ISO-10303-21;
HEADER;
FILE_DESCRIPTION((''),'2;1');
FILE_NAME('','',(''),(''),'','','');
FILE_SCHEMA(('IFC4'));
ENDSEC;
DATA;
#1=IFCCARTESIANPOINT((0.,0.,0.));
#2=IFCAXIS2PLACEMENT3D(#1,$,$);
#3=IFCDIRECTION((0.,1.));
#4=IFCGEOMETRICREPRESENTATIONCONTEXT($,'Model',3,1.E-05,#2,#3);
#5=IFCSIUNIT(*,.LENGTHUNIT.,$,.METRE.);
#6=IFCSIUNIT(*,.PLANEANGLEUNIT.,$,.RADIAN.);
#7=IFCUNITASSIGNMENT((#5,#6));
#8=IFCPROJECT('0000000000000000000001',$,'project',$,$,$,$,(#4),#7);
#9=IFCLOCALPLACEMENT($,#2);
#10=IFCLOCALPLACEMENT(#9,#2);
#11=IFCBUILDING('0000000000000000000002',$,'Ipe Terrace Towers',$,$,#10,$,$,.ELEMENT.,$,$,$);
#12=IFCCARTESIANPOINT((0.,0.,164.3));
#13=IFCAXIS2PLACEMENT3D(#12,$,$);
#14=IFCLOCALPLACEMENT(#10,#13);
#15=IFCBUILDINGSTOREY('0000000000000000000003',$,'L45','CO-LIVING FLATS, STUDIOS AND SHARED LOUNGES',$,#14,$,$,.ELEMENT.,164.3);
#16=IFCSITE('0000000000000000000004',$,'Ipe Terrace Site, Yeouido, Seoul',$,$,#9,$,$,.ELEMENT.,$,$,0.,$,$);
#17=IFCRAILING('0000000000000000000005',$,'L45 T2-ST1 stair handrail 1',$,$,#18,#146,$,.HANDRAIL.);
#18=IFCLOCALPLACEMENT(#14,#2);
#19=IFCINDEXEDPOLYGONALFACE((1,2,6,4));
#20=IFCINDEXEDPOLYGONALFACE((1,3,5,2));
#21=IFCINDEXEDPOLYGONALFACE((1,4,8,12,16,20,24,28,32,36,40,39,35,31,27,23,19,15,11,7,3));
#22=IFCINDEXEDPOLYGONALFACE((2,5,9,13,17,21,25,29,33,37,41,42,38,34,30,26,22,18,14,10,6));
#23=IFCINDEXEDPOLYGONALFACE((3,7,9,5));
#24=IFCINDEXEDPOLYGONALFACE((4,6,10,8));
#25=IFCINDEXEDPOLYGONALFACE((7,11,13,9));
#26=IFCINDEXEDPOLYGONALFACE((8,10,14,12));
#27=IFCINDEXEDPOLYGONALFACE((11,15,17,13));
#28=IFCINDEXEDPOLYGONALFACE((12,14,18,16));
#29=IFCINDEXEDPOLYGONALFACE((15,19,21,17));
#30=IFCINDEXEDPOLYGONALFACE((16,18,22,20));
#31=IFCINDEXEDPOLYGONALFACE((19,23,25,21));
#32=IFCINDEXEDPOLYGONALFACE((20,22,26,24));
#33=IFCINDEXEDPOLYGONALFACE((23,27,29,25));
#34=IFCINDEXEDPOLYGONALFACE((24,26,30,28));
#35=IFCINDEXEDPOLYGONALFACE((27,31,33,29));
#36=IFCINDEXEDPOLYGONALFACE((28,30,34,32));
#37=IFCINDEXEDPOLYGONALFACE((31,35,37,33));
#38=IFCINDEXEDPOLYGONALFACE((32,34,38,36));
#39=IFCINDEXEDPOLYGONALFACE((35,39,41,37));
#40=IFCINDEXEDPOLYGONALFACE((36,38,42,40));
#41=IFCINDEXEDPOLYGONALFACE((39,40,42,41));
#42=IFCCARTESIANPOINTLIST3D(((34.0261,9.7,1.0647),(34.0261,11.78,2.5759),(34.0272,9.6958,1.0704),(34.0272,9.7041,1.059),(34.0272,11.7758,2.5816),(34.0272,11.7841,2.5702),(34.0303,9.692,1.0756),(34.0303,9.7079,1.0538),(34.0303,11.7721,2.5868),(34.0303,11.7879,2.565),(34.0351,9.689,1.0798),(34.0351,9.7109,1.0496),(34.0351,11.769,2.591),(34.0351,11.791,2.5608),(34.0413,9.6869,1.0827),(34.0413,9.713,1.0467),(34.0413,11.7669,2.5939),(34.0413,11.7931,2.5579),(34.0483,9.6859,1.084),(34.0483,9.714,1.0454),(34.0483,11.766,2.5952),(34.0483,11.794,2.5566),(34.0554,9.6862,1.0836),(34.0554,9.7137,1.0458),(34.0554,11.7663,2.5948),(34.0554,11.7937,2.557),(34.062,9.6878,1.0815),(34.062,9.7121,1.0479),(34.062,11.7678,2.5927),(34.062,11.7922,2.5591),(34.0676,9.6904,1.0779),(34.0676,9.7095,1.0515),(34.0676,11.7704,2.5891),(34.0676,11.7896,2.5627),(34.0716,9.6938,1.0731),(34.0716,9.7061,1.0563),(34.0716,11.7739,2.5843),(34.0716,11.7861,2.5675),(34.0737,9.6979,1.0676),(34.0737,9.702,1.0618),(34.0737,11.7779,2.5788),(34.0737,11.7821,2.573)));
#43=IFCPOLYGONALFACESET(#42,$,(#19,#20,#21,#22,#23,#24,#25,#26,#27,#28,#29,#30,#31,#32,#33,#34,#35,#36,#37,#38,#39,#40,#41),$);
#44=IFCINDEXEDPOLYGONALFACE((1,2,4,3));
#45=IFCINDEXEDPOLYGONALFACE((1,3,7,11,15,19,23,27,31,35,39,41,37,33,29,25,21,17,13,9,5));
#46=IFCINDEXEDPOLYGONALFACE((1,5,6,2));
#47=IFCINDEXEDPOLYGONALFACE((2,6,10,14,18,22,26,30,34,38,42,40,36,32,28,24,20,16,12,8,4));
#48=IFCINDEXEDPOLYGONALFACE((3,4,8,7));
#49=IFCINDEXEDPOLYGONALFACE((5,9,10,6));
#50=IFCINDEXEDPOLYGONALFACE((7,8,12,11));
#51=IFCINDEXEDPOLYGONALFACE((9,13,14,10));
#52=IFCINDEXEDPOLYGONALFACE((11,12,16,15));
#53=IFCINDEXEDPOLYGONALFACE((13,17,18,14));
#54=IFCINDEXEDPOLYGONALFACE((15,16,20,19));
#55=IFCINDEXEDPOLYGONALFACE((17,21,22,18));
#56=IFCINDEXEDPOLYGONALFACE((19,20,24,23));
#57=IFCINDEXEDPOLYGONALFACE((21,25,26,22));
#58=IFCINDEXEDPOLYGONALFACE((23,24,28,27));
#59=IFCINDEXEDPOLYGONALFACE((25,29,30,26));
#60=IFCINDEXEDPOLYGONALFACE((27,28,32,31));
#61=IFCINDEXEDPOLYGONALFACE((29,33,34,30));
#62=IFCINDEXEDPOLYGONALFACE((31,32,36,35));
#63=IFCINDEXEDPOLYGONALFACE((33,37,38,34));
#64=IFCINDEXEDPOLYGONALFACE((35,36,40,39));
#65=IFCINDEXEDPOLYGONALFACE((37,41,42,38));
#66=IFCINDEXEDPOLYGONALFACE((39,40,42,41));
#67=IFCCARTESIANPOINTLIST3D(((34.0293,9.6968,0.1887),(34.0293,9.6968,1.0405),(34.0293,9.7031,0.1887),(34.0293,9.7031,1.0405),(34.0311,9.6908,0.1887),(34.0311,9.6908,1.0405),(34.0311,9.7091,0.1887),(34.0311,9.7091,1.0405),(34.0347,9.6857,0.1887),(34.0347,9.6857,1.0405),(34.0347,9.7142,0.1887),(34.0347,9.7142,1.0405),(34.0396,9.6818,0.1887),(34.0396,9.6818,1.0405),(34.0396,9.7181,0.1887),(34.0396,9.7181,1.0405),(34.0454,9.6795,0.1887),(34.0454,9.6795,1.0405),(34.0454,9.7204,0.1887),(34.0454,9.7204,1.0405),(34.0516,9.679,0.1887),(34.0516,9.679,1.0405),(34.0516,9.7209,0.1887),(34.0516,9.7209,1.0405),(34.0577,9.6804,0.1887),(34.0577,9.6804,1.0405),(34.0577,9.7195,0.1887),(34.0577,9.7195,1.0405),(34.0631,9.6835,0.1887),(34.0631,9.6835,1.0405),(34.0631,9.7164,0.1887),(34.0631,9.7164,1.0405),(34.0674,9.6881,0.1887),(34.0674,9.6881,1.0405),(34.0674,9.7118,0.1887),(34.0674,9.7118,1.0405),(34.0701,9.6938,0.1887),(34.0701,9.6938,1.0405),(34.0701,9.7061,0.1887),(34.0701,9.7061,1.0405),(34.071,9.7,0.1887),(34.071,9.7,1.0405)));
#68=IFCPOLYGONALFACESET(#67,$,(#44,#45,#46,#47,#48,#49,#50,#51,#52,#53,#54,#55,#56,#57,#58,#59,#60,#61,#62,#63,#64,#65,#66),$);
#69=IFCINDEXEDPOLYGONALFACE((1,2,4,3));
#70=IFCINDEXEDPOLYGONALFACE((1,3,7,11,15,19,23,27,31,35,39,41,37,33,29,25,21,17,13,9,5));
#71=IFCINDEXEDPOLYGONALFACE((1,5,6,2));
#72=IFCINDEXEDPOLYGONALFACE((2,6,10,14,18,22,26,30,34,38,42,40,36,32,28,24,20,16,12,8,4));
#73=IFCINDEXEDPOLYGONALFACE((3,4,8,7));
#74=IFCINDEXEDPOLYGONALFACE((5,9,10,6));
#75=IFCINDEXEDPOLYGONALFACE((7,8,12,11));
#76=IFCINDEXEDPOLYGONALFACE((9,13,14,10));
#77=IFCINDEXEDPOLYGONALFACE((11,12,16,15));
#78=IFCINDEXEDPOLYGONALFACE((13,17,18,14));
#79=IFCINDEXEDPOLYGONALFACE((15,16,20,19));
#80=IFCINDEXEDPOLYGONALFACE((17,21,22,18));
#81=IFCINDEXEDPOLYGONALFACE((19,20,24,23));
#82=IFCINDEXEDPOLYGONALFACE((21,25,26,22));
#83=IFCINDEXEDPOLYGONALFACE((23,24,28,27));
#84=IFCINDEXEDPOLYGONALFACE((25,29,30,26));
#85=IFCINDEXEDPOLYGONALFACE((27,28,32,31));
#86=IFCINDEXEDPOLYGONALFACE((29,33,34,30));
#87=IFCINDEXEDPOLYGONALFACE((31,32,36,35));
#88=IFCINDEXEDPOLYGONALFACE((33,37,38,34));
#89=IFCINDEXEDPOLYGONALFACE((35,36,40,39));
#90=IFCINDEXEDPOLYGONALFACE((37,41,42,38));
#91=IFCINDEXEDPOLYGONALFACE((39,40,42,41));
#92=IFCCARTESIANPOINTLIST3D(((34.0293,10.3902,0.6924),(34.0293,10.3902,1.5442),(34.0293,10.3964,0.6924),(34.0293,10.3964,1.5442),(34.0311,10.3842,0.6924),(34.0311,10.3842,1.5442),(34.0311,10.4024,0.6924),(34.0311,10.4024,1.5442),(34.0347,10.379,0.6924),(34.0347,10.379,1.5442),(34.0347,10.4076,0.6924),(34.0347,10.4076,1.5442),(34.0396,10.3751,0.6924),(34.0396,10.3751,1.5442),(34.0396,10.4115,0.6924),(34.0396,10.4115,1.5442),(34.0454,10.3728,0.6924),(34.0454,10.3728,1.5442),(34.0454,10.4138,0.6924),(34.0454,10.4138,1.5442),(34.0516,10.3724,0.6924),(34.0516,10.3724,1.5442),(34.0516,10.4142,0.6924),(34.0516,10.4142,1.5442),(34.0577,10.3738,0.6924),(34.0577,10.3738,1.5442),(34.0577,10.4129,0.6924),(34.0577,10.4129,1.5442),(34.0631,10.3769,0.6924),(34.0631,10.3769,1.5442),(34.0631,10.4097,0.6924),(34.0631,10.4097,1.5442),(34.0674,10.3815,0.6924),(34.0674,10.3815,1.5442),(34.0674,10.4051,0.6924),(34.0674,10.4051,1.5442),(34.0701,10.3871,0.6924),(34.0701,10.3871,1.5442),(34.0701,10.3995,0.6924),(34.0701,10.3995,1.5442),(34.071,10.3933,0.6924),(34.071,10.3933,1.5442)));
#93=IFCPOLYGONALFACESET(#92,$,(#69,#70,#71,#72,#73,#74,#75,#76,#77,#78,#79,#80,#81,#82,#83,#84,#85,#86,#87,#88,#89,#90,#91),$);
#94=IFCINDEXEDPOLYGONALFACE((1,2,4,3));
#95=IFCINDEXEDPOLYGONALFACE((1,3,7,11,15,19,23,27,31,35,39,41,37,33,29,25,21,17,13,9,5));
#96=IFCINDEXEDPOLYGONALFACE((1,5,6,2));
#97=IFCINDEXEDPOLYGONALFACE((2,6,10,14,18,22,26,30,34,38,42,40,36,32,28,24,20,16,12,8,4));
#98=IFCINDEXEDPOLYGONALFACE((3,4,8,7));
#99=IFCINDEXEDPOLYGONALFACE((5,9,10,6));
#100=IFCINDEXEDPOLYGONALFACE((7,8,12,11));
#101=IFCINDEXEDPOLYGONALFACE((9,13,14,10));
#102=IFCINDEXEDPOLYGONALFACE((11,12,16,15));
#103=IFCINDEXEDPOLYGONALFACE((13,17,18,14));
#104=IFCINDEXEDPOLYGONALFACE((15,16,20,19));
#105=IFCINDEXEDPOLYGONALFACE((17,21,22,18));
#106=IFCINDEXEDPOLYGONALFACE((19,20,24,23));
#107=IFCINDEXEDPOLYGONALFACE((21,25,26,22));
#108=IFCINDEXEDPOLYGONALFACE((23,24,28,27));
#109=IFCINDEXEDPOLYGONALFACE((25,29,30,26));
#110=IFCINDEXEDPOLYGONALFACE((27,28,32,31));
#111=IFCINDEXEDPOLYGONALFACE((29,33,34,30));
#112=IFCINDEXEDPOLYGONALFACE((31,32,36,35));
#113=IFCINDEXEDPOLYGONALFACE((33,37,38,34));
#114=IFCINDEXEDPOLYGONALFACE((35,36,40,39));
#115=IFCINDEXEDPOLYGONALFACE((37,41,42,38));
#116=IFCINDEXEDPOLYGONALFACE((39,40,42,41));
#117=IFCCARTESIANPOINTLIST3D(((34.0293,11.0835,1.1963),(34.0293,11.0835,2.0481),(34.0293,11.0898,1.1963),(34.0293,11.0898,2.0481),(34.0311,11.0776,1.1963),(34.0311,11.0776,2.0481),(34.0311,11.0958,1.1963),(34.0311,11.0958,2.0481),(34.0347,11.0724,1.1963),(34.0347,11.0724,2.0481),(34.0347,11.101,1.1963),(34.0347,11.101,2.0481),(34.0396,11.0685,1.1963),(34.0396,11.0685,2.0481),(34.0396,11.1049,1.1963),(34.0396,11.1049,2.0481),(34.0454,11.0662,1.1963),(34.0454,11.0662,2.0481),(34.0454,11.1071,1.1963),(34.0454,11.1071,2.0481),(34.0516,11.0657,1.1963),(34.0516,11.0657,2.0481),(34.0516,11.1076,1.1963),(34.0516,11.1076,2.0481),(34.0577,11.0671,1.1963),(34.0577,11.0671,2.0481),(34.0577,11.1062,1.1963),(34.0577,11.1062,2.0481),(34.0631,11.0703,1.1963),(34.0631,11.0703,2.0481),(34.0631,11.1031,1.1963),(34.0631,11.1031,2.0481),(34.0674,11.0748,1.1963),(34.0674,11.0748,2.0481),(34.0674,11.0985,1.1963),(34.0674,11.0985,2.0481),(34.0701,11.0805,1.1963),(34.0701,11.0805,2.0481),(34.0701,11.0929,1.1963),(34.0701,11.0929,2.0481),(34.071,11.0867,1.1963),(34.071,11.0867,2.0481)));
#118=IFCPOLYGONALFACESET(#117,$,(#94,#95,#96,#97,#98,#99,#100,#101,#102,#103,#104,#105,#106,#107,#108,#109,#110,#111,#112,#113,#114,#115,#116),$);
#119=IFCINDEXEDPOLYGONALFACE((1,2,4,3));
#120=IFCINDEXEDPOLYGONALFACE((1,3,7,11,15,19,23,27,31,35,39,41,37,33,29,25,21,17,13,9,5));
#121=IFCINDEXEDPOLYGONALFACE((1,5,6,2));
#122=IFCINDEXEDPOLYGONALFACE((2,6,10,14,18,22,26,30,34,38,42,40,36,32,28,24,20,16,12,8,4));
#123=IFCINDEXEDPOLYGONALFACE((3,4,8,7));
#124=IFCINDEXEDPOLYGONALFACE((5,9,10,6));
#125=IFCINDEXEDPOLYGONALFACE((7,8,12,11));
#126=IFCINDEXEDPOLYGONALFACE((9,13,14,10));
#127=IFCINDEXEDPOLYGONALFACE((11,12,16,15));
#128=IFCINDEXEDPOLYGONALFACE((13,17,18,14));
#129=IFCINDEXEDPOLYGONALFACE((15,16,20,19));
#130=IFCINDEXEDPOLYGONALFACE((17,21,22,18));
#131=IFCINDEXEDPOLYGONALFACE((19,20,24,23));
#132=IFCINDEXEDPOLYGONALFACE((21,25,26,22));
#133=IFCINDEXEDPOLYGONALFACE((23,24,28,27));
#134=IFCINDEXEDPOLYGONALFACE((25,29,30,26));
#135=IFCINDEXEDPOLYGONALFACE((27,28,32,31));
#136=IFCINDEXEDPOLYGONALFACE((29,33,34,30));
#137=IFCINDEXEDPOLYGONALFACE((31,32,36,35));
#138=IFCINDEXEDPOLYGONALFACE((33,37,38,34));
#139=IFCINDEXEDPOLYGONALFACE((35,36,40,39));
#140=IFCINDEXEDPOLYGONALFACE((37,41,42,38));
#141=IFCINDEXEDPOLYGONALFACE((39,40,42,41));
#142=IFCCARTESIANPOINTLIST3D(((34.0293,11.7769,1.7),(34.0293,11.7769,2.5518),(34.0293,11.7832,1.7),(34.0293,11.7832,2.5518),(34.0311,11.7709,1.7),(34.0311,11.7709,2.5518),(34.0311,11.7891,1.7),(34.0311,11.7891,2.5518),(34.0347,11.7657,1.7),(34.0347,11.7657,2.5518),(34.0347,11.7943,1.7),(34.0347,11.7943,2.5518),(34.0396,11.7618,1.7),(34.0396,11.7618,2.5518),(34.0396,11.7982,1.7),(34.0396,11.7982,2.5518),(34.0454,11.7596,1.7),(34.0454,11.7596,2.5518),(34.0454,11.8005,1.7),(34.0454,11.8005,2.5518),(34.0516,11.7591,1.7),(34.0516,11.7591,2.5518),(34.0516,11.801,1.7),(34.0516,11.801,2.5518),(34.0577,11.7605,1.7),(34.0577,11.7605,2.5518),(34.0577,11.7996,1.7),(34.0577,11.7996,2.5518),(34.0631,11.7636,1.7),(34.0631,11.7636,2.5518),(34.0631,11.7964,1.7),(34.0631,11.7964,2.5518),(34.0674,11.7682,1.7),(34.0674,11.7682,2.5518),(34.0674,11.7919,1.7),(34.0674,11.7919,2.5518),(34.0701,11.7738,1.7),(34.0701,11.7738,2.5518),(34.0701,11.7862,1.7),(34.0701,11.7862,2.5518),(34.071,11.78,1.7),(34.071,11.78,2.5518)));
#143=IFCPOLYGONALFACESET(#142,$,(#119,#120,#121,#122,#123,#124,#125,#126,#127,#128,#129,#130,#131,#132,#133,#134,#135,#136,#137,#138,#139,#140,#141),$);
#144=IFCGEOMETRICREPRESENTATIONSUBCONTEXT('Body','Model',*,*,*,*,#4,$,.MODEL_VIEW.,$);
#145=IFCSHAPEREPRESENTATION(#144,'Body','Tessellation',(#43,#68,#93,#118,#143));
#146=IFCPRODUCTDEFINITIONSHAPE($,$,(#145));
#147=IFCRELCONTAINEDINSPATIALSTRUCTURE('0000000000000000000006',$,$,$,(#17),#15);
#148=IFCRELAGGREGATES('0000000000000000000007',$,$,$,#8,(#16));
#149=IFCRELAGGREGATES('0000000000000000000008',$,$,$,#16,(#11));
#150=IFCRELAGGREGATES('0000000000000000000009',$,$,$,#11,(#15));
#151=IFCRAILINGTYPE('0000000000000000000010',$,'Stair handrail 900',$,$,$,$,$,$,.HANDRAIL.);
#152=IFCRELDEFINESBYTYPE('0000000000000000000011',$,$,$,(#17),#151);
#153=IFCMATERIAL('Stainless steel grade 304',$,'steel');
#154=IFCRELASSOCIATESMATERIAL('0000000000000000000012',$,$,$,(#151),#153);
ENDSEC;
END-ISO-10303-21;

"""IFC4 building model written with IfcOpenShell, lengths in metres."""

from ifc_helpers import new_model, si_unit, direction, frame, origin, origin_2d, place, context, subcontext, project, spatial, circle, extrude, material, type_object, element, save


model = new_model("IFC4")

# Units and contexts
model_context = context("Model", 3, precision=1e-05, world=origin(), true_north=direction((0.0, 1.0)))
body_context = subcontext(model_context, "Body", "Model", "MODEL_VIEW")
ifc_project = project(units=[si_unit("LENGTHUNIT", "METRE"), si_unit("PLANEANGLEUNIT", "RADIAN")], contexts=[model_context])

# Site, building, storey
site_placement = place(None, origin())
site = spatial("IfcSite", under=ifc_project, at=site_placement, Name="Ipe Terrace Site, Yeouido, Seoul", CompositionType="ELEMENT", RefElevation=0.0)
building_placement = place(site_placement, origin())
building = spatial("IfcBuilding", under=site, at=building_placement, Name="Ipe Terrace Towers", CompositionType="ELEMENT")
storey_placement = place(building_placement, frame((0.0, 0.0, 164.3)))
storey = spatial("IfcBuildingStorey", under=building, at=storey_placement, Name="L45", Description="CO-LIVING FLATS, STUDIOS AND SHARED LOUNGES", CompositionType="ELEMENT", Elevation=164.3)

# Railing
ifc_material_1 = material(Name="Stainless steel grade 304", Category="steel")
railing_type_1 = type_object("IfcRailingType", Name="Stair handrail 900", PredefinedType="HANDRAIL", material=ifc_material_1)
railing_1_placement = place(storey_placement, frame((34.05, 9.7, 0.1887)))
element("IfcRailing", 1, at=railing_1_placement, inside=storey, type_object=railing_type_1, Name="L45 T2-ST1 stair handrail 1", PredefinedType="HANDRAIL", context=body_context, shape_type="SweptSolid", body=[
    extrude(circle(Radius=0.0239, at=origin_2d()), frame((0.0, 0.0, 0.876), z_axis=(0.0, 0.809023, 0.587776), x_axis=(-1.0, 0.0, 0.0)), (0.0, 0.0, 1.0), 2.571),
    extrude(circle(Radius=0.021, at=origin_2d()), origin(), (0.0, 0.0, 1.0), 0.8518),
    extrude(circle(Radius=0.021, at=origin_2d()), frame((0.0, 0.6934, 0.5037)), (0.0, 0.0, 1.0), 0.8518),
    extrude(circle(Radius=0.021, at=origin_2d()), frame((0.0, 1.3867, 1.0076)), (0.0, 0.0, 1.0), 0.8518),
    extrude(circle(Radius=0.021, at=origin_2d()), frame((0.0, 2.0801, 1.5112)), (0.0, 0.0, 1.0), 0.8518),
])

save(model, "model.ifc")
